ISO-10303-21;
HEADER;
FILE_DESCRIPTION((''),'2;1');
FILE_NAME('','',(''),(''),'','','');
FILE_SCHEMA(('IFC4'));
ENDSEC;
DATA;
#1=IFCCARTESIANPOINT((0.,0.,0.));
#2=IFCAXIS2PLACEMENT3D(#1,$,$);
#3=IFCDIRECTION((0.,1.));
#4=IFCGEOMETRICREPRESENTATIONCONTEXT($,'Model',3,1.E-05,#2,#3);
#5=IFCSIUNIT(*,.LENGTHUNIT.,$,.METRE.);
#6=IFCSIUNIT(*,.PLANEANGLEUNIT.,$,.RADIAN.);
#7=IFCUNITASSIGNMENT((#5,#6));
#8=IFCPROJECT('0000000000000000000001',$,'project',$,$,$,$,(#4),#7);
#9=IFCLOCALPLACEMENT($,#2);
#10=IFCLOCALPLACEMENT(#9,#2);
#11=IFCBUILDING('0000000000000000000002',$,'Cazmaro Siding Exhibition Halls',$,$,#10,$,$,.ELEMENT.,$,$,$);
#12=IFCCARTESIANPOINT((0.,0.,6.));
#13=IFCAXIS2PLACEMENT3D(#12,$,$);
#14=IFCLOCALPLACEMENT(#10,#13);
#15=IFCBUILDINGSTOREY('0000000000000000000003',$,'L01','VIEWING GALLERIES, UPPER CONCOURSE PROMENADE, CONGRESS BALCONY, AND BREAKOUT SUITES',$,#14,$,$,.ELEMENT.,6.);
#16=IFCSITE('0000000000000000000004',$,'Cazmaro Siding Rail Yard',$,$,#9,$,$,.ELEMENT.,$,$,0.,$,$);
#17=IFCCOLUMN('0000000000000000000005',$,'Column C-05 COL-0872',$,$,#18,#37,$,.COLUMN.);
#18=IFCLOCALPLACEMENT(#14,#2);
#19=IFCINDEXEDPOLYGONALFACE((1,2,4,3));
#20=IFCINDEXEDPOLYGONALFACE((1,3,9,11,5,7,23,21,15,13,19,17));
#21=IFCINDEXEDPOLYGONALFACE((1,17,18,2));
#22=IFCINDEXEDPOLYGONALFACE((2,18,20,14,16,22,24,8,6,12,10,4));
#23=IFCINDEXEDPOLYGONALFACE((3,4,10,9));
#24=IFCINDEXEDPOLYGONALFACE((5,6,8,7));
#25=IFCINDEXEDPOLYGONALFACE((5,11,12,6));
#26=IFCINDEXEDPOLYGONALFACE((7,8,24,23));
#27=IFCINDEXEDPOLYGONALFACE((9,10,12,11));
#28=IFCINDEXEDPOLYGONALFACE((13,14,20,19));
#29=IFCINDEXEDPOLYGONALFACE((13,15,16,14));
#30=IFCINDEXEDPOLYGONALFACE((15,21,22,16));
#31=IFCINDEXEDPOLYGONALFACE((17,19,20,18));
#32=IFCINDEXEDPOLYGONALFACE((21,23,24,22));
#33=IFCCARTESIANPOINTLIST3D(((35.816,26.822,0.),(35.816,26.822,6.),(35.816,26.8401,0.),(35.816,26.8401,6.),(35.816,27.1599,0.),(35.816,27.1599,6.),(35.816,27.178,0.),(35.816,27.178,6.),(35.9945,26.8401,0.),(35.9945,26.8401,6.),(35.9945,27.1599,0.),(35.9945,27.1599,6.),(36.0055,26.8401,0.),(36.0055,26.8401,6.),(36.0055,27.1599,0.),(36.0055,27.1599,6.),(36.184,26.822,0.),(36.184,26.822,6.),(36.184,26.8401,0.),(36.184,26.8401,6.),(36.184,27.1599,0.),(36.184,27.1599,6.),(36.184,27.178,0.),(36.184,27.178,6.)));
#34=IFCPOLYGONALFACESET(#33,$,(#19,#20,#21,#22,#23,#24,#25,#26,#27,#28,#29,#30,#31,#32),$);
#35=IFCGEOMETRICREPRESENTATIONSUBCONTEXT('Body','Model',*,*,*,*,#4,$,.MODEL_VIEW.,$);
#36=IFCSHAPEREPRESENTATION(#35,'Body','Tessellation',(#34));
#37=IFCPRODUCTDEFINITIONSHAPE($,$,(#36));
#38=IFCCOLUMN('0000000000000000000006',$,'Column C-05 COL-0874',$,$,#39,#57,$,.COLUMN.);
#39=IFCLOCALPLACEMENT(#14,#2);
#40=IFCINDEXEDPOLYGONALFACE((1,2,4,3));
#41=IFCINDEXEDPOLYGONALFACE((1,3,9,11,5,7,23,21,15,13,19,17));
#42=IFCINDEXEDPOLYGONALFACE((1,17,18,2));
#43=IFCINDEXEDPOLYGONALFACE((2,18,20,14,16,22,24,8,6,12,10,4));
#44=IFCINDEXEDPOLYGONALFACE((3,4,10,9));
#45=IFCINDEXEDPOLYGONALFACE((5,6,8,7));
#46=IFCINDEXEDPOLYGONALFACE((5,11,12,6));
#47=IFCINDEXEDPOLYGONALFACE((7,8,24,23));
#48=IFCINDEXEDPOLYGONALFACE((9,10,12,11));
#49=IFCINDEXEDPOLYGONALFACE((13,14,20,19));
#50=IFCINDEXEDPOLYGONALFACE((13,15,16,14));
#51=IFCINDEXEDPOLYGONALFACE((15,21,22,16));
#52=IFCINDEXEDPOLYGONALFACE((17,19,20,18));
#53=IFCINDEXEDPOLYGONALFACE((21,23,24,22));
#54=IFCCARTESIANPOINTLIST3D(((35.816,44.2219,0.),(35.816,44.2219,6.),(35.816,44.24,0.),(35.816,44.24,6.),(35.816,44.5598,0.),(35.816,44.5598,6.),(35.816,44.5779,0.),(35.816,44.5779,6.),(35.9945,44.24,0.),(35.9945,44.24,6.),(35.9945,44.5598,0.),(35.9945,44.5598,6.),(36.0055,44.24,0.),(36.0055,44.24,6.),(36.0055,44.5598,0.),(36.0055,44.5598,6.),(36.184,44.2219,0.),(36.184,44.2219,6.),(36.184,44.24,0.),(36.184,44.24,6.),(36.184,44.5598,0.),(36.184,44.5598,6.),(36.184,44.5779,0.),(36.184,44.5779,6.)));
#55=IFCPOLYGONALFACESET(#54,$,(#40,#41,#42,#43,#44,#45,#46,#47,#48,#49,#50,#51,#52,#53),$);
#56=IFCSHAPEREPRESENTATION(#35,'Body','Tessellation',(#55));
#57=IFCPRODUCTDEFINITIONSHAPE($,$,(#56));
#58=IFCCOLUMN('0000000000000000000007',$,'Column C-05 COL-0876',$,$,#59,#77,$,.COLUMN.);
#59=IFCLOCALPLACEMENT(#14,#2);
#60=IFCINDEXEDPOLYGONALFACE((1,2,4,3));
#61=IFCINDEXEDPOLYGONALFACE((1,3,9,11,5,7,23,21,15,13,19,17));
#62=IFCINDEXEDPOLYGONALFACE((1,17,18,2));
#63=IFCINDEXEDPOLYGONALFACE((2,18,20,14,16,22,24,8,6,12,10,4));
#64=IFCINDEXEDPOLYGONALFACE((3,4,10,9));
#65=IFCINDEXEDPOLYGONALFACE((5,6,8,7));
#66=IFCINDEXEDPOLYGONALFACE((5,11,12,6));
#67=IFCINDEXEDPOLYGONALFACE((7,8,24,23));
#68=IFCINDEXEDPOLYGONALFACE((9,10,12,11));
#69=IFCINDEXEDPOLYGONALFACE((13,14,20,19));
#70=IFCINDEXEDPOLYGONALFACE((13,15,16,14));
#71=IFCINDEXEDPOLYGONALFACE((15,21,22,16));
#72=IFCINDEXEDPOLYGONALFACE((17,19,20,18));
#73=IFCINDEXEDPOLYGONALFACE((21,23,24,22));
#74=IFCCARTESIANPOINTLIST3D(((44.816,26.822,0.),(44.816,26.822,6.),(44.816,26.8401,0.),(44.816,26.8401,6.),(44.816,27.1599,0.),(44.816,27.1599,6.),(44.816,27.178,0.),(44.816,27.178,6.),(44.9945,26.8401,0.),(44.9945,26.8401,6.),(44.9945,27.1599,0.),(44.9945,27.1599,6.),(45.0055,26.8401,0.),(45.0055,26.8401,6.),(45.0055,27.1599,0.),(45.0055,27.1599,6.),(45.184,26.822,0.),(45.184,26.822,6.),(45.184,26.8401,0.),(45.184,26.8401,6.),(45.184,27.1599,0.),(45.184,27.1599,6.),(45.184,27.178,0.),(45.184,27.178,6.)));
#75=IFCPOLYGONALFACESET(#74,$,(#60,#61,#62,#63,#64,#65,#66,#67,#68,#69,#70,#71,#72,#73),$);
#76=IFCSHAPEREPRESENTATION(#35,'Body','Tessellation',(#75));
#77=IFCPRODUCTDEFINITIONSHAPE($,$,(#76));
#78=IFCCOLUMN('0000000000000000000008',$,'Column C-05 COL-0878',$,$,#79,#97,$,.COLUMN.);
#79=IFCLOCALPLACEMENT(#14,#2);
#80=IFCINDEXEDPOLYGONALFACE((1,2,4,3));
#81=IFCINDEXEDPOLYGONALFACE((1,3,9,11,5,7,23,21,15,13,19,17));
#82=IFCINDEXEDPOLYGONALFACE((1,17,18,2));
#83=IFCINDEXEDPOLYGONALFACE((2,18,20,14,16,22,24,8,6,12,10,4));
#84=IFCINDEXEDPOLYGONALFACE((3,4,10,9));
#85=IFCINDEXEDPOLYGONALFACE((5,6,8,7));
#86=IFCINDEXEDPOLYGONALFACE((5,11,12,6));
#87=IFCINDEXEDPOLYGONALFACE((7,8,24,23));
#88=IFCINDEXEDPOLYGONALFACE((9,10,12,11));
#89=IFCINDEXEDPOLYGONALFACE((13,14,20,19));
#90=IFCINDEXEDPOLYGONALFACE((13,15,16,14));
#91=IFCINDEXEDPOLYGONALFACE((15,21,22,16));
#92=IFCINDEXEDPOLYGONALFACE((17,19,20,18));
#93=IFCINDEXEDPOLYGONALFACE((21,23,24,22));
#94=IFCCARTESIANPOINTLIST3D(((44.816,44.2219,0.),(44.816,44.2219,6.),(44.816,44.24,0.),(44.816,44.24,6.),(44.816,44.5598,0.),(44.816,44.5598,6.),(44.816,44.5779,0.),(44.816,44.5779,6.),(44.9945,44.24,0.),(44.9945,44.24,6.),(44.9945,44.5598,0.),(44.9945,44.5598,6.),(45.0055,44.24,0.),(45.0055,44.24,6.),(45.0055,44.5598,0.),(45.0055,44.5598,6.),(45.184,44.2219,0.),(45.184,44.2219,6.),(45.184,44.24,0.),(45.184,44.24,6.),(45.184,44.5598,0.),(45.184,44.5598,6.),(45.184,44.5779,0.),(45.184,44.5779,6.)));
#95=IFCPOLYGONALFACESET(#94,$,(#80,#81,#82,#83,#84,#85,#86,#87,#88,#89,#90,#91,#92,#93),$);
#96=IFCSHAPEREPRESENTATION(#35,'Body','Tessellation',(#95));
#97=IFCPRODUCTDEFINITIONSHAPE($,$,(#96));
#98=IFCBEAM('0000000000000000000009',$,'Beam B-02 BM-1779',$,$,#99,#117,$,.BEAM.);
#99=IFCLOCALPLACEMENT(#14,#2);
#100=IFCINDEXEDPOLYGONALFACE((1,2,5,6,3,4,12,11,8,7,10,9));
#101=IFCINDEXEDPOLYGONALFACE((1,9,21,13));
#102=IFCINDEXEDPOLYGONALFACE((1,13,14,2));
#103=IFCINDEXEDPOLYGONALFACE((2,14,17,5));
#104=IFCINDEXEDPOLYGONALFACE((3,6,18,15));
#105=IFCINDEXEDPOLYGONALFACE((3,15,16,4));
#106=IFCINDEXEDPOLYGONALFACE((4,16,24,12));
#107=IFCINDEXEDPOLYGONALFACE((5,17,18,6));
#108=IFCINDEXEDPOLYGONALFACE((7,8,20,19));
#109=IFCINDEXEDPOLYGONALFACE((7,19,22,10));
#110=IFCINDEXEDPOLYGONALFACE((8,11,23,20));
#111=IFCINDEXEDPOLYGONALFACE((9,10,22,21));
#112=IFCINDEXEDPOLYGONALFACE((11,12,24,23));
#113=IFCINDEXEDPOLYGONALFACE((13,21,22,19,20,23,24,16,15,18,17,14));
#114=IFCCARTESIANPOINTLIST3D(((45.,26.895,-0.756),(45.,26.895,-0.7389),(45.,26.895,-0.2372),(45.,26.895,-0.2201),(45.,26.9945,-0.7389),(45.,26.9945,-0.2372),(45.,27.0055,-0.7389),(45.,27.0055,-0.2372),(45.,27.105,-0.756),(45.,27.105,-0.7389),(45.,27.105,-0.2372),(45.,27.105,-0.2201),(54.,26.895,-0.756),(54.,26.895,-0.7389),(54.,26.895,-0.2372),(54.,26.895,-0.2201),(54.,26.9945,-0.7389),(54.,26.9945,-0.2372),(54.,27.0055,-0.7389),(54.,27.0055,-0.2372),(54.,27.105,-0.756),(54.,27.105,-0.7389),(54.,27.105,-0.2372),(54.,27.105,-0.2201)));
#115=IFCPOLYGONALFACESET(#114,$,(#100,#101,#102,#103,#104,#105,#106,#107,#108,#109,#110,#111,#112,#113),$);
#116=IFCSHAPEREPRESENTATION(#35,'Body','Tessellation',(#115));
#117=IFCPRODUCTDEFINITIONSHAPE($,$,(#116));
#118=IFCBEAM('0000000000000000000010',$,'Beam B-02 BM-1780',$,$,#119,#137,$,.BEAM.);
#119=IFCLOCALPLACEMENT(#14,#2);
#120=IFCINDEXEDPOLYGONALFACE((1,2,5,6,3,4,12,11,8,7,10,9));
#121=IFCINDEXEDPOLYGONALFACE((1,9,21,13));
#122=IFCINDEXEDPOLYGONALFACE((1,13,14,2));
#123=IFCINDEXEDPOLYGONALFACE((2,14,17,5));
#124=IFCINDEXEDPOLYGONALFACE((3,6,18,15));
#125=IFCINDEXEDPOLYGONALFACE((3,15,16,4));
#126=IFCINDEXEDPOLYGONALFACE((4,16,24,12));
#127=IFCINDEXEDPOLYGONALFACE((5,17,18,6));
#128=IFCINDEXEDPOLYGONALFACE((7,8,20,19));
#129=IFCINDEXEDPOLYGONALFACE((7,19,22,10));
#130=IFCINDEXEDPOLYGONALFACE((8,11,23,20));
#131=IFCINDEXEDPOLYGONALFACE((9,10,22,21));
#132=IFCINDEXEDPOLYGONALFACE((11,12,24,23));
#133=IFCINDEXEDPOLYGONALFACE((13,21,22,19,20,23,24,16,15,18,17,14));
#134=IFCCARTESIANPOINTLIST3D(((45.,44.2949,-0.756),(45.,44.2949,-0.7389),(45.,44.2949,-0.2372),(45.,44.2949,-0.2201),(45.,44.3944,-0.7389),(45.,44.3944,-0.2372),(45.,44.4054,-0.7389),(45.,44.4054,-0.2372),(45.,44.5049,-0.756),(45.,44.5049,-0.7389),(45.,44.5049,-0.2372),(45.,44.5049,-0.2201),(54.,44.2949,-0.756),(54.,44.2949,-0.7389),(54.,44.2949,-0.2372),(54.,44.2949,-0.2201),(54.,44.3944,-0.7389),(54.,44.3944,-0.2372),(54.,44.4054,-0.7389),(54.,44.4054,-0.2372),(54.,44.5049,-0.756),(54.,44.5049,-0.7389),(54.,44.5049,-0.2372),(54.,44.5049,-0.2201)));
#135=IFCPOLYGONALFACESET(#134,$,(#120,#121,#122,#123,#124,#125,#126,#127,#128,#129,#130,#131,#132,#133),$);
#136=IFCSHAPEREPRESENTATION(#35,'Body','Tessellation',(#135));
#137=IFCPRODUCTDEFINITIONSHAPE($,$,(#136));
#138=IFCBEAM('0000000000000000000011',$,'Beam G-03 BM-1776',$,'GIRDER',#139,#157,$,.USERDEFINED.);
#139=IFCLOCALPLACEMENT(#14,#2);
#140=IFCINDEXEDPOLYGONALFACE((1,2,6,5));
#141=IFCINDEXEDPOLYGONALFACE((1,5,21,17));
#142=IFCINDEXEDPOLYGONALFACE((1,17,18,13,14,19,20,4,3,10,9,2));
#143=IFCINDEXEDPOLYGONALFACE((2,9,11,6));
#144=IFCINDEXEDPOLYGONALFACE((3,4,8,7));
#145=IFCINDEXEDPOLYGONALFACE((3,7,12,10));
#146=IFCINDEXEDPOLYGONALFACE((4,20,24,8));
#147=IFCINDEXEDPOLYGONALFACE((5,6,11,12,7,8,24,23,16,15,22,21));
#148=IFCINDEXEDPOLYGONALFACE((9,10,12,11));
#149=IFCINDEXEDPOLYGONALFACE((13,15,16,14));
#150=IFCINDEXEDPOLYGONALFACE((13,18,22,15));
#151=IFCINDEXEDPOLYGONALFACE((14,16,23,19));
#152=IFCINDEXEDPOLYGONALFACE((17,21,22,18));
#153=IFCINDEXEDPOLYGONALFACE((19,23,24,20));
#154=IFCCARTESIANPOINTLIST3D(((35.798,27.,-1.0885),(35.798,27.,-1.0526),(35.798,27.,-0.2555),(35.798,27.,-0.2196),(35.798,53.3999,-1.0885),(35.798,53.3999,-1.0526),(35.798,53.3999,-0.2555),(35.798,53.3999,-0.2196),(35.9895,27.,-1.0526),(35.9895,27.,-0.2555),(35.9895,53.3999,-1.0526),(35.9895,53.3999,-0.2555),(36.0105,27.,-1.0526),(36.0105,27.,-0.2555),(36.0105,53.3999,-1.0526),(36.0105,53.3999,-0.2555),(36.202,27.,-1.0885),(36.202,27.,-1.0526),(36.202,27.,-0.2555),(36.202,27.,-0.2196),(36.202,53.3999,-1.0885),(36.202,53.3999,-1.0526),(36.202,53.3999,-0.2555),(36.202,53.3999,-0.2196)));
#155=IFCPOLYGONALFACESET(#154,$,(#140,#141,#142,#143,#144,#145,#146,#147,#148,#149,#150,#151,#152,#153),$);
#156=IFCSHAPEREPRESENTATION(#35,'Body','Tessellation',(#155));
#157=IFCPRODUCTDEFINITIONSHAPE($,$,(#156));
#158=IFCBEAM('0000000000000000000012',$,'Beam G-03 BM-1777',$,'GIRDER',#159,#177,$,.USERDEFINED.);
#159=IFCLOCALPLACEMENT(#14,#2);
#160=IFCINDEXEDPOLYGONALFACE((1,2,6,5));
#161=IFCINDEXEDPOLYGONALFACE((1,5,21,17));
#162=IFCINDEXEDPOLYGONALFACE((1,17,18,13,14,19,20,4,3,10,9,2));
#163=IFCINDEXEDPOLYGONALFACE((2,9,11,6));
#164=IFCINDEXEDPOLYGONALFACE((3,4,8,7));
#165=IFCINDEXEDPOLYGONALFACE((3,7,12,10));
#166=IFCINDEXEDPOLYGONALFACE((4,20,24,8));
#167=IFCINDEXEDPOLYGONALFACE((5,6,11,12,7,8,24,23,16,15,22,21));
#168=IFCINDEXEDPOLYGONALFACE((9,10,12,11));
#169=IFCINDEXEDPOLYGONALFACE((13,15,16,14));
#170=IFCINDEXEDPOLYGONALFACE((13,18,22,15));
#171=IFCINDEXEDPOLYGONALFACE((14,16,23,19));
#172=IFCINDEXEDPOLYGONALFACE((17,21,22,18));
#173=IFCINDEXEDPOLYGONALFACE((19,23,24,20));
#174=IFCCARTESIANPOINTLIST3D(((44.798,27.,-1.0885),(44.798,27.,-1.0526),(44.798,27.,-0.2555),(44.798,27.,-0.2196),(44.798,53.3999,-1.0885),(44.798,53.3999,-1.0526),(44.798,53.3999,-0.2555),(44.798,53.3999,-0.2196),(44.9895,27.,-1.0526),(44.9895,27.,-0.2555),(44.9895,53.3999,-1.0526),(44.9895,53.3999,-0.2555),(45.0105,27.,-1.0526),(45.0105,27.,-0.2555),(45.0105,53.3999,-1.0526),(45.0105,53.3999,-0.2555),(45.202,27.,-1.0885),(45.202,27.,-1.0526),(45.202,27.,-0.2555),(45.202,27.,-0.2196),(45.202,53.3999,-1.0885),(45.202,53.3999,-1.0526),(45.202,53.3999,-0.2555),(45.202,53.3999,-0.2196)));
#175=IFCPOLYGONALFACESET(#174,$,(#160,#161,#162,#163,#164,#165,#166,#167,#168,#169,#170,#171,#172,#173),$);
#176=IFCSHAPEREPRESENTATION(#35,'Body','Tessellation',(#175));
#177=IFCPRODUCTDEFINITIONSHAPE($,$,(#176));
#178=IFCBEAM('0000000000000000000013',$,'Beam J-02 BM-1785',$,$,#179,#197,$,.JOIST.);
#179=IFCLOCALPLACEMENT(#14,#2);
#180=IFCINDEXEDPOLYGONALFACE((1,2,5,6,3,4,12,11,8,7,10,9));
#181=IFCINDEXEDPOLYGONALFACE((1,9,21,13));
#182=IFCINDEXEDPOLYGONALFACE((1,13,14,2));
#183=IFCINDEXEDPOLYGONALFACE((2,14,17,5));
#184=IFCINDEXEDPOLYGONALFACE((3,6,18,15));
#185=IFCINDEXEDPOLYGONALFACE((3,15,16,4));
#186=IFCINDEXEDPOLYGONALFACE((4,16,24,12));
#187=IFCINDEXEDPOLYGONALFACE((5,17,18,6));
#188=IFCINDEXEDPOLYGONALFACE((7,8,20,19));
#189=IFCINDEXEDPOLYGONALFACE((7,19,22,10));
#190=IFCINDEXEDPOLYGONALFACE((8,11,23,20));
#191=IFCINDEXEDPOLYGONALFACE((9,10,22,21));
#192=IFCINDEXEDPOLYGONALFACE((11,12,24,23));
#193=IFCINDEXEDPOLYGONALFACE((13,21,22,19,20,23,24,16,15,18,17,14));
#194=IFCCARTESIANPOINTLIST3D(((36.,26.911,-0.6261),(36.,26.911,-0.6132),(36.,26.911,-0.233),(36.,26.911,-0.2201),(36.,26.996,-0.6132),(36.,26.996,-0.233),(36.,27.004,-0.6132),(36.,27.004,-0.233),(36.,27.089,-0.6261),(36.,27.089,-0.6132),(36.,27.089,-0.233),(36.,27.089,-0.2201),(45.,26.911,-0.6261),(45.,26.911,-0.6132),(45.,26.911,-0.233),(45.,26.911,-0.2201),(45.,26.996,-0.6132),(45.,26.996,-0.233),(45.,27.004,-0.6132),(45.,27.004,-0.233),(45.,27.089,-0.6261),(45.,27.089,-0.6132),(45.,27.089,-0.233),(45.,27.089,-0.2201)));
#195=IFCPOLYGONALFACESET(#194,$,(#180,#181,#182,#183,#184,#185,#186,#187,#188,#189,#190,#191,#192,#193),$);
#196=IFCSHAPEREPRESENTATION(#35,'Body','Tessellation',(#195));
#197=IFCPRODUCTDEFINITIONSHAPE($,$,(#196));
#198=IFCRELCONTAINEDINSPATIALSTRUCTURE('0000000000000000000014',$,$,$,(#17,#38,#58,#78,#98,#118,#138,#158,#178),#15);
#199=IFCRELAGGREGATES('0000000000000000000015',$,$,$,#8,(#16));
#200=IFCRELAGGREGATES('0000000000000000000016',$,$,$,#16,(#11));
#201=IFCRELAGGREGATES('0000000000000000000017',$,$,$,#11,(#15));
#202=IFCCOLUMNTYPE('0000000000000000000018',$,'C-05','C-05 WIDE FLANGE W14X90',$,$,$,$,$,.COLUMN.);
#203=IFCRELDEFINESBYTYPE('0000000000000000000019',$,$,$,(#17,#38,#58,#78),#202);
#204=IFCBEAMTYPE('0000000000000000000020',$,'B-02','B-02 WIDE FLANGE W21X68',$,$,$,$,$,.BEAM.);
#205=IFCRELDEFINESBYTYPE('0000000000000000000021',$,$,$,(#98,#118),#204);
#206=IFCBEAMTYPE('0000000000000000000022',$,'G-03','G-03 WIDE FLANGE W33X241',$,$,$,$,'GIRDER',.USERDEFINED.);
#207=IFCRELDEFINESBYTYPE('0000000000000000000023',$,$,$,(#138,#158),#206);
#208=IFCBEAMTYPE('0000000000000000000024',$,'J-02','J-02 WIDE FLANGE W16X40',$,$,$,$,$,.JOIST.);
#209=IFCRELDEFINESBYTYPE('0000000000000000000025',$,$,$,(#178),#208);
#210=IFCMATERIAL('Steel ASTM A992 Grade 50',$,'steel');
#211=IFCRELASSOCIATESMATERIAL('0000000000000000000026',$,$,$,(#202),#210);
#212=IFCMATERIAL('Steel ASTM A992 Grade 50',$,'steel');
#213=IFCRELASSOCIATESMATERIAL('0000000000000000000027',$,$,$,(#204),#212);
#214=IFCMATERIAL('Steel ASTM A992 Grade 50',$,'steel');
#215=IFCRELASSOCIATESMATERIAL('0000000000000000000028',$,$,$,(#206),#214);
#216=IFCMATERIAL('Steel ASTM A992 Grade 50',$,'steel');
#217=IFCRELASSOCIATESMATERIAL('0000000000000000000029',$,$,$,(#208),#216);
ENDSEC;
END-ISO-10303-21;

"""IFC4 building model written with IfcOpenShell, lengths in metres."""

from ifc_helpers import new_model, si_unit, direction, frame, origin, origin_2d, place, context, subcontext, project, spatial, i_section, extrude, material, material_profile, profile_set, type_object, element, save


model = new_model("IFC4")

# Units and contexts
model_context = context("Model", 3, precision=1e-05, world=origin(), true_north=direction((0.0, 1.0)))
body_context = subcontext(model_context, "Body", "Model", "MODEL_VIEW")
ifc_project = project(units=[si_unit("LENGTHUNIT", "METRE"), si_unit("PLANEANGLEUNIT", "RADIAN")], contexts=[model_context])

# Site, building, storey
site_placement = place(None, origin())
site = spatial("IfcSite", under=ifc_project, at=site_placement, Name="Cazmaro Siding Rail Yard", CompositionType="ELEMENT", RefElevation=0.0)
building_placement = place(site_placement, origin())
building = spatial("IfcBuilding", under=site, at=building_placement, Name="Cazmaro Siding Exhibition Halls", CompositionType="ELEMENT")
storey_placement = place(building_placement, frame((0.0, 0.0, 6.0)))
storey = spatial("IfcBuildingStorey", under=building, at=storey_placement, Name="L01", Description="VIEWING GALLERIES, UPPER CONCOURSE PROMENADE, CONGRESS BALCONY, AND BREAKOUT SUITES", CompositionType="ELEMENT", Elevation=6.0)

# Columns
ifc_material_1 = material(Name="Steel ASTM A992 Grade 50", Category="steel")
ifc_material_profile_1 = material_profile(ifc_material_1, i_section(OverallWidth=0.3679, OverallDepth=0.356, WebThickness=0.011, FlangeThickness=0.0181, at=origin_2d()), Name="W14X90")
ifc_profile_set_1 = profile_set([ifc_material_profile_1], Name="Steel ASTM A992 Grade 50")
column_type = type_object("IfcColumnType", Name="C-05", Description="C-05 WIDE FLANGE W14X90", PredefinedType="COLUMN", material=ifc_profile_set_1)
for number, where, z_axis, x_axis, name in (
    (1, (36.0, 27.0, 0.0), (0.0, 0.0, 1.0), (1.0, 0.0, 0.0), "Column C-05 COL-0872"),
    (2, (36.0, 44.3999, 0.0), (0.0, 0.0, 1.0), (1.0, 0.0, 0.0), "Column C-05 COL-0874"),
    (3, (45.0, 27.0, 0.0), (0.0, 0.0, 1.0), (1.0, 0.0, 0.0), "Column C-05 COL-0876"),
    (4, (45.0, 44.3999, 0.0), (0.0, 0.0, 1.0), (1.0, 0.0, 0.0), "Column C-05 COL-0878"),
):
    element("IfcColumn", number, at=place(storey_placement, frame(where, z_axis=z_axis, x_axis=x_axis)), inside=storey, type_object=column_type, Name=name, PredefinedType="COLUMN", context=body_context, shape_type="SweptSolid", body=[
        extrude(i_section(OverallWidth=0.3679, OverallDepth=0.356, WebThickness=0.011, FlangeThickness=0.0181, at=origin_2d()), origin(), (0.0, 0.0, 1.0), 6.0),
    ])

# Beams
ifc_material_2 = material(Name="Steel ASTM A992 Grade 50", Category="steel")
ifc_material_profile_2 = material_profile(ifc_material_2, i_section(OverallWidth=0.21, OverallDepth=0.5359, WebThickness=0.011, FlangeThickness=0.0171, at=origin_2d()), Name="W21X68")
ifc_profile_set_2 = profile_set([ifc_material_profile_2], Name="Steel ASTM A992 Grade 50")
beam_type_1 = type_object("IfcBeamType", Name="B-02", Description="B-02 WIDE FLANGE W21X68", PredefinedType="BEAM", material=ifc_profile_set_2)
for number, where, z_axis, x_axis, name in (
    (5, (45.0, 27.0, -0.488), (1.0, 0.0, 0.0), (0.0, 1.0, 0.0), "Beam B-02 BM-1779"),
    (6, (45.0, 44.3999, -0.488), (1.0, 0.0, 0.0), (0.0, 1.0, 0.0), "Beam B-02 BM-1780"),
):
    element("IfcBeam", number, at=place(storey_placement, frame(where, z_axis=z_axis, x_axis=x_axis)), inside=storey, type_object=beam_type_1, Name=name, PredefinedType="BEAM", context=body_context, shape_type="SweptSolid", body=[
        extrude(i_section(OverallWidth=0.21, OverallDepth=0.5359, WebThickness=0.011, FlangeThickness=0.0171, at=origin_2d()), origin(), (0.0, 0.0, 1.0), 9.0),
    ])
ifc_material_3 = material(Name="Steel ASTM A992 Grade 50", Category="steel")
ifc_material_profile_3 = material_profile(ifc_material_3, i_section(OverallWidth=0.4041, OverallDepth=0.8689, WebThickness=0.021, FlangeThickness=0.0359, at=origin_2d()), Name="W33X241")
ifc_profile_set_3 = profile_set([ifc_material_profile_3], Name="Steel ASTM A992 Grade 50")
beam_type_2 = type_object("IfcBeamType", Name="G-03", Description="G-03 WIDE FLANGE W33X241", ElementType="GIRDER", PredefinedType="USERDEFINED", material=ifc_profile_set_3)
for number, where, z_axis, x_axis, name in (
    (7, (36.0, 27.0, -0.6541), (0.0, 1.0, 0.0), (-1.0, 0.0, 0.0), "Beam G-03 BM-1776"),
    (8, (45.0, 27.0, -0.6541), (0.0, 1.0, 0.0), (-1.0, 0.0, 0.0), "Beam G-03 BM-1777"),
):
    element("IfcBeam", number, at=place(storey_placement, frame(where, z_axis=z_axis, x_axis=x_axis)), inside=storey, type_object=beam_type_2, Name=name, ObjectType="GIRDER", PredefinedType="USERDEFINED", context=body_context, shape_type="SweptSolid", body=[
        extrude(i_section(OverallWidth=0.4041, OverallDepth=0.8689, WebThickness=0.021, FlangeThickness=0.0359, at=origin_2d()), origin(), (0.0, 0.0, 1.0), 26.3999),
    ])
ifc_material_4 = material(Name="Steel ASTM A992 Grade 50", Category="steel")
ifc_material_profile_4 = material_profile(ifc_material_4, i_section(OverallWidth=0.178, OverallDepth=0.406, WebThickness=0.0081, FlangeThickness=0.0129, at=origin_2d()), Name="W16X40")
ifc_profile_set_4 = profile_set([ifc_material_profile_4], Name="Steel ASTM A992 Grade 50")
beam_type_3 = type_object("IfcBeamType", Name="J-02", Description="J-02 WIDE FLANGE W16X40", PredefinedType="JOIST", material=ifc_profile_set_4)
beam_1_placement = place(storey_placement, frame((36.0, 27.0, -0.4231), z_axis=(1.0, 0.0, 0.0), x_axis=(0.0, 1.0, 0.0)))
element("IfcBeam", 9, at=beam_1_placement, inside=storey, type_object=beam_type_3, Name="Beam J-02 BM-1785", PredefinedType="JOIST", context=body_context, shape_type="SweptSolid", body=[
    extrude(i_section(OverallWidth=0.178, OverallDepth=0.406, WebThickness=0.0081, FlangeThickness=0.0129, at=origin_2d()), origin(), (0.0, 0.0, 1.0), 9.0),
])

save(model, "model.ifc")
